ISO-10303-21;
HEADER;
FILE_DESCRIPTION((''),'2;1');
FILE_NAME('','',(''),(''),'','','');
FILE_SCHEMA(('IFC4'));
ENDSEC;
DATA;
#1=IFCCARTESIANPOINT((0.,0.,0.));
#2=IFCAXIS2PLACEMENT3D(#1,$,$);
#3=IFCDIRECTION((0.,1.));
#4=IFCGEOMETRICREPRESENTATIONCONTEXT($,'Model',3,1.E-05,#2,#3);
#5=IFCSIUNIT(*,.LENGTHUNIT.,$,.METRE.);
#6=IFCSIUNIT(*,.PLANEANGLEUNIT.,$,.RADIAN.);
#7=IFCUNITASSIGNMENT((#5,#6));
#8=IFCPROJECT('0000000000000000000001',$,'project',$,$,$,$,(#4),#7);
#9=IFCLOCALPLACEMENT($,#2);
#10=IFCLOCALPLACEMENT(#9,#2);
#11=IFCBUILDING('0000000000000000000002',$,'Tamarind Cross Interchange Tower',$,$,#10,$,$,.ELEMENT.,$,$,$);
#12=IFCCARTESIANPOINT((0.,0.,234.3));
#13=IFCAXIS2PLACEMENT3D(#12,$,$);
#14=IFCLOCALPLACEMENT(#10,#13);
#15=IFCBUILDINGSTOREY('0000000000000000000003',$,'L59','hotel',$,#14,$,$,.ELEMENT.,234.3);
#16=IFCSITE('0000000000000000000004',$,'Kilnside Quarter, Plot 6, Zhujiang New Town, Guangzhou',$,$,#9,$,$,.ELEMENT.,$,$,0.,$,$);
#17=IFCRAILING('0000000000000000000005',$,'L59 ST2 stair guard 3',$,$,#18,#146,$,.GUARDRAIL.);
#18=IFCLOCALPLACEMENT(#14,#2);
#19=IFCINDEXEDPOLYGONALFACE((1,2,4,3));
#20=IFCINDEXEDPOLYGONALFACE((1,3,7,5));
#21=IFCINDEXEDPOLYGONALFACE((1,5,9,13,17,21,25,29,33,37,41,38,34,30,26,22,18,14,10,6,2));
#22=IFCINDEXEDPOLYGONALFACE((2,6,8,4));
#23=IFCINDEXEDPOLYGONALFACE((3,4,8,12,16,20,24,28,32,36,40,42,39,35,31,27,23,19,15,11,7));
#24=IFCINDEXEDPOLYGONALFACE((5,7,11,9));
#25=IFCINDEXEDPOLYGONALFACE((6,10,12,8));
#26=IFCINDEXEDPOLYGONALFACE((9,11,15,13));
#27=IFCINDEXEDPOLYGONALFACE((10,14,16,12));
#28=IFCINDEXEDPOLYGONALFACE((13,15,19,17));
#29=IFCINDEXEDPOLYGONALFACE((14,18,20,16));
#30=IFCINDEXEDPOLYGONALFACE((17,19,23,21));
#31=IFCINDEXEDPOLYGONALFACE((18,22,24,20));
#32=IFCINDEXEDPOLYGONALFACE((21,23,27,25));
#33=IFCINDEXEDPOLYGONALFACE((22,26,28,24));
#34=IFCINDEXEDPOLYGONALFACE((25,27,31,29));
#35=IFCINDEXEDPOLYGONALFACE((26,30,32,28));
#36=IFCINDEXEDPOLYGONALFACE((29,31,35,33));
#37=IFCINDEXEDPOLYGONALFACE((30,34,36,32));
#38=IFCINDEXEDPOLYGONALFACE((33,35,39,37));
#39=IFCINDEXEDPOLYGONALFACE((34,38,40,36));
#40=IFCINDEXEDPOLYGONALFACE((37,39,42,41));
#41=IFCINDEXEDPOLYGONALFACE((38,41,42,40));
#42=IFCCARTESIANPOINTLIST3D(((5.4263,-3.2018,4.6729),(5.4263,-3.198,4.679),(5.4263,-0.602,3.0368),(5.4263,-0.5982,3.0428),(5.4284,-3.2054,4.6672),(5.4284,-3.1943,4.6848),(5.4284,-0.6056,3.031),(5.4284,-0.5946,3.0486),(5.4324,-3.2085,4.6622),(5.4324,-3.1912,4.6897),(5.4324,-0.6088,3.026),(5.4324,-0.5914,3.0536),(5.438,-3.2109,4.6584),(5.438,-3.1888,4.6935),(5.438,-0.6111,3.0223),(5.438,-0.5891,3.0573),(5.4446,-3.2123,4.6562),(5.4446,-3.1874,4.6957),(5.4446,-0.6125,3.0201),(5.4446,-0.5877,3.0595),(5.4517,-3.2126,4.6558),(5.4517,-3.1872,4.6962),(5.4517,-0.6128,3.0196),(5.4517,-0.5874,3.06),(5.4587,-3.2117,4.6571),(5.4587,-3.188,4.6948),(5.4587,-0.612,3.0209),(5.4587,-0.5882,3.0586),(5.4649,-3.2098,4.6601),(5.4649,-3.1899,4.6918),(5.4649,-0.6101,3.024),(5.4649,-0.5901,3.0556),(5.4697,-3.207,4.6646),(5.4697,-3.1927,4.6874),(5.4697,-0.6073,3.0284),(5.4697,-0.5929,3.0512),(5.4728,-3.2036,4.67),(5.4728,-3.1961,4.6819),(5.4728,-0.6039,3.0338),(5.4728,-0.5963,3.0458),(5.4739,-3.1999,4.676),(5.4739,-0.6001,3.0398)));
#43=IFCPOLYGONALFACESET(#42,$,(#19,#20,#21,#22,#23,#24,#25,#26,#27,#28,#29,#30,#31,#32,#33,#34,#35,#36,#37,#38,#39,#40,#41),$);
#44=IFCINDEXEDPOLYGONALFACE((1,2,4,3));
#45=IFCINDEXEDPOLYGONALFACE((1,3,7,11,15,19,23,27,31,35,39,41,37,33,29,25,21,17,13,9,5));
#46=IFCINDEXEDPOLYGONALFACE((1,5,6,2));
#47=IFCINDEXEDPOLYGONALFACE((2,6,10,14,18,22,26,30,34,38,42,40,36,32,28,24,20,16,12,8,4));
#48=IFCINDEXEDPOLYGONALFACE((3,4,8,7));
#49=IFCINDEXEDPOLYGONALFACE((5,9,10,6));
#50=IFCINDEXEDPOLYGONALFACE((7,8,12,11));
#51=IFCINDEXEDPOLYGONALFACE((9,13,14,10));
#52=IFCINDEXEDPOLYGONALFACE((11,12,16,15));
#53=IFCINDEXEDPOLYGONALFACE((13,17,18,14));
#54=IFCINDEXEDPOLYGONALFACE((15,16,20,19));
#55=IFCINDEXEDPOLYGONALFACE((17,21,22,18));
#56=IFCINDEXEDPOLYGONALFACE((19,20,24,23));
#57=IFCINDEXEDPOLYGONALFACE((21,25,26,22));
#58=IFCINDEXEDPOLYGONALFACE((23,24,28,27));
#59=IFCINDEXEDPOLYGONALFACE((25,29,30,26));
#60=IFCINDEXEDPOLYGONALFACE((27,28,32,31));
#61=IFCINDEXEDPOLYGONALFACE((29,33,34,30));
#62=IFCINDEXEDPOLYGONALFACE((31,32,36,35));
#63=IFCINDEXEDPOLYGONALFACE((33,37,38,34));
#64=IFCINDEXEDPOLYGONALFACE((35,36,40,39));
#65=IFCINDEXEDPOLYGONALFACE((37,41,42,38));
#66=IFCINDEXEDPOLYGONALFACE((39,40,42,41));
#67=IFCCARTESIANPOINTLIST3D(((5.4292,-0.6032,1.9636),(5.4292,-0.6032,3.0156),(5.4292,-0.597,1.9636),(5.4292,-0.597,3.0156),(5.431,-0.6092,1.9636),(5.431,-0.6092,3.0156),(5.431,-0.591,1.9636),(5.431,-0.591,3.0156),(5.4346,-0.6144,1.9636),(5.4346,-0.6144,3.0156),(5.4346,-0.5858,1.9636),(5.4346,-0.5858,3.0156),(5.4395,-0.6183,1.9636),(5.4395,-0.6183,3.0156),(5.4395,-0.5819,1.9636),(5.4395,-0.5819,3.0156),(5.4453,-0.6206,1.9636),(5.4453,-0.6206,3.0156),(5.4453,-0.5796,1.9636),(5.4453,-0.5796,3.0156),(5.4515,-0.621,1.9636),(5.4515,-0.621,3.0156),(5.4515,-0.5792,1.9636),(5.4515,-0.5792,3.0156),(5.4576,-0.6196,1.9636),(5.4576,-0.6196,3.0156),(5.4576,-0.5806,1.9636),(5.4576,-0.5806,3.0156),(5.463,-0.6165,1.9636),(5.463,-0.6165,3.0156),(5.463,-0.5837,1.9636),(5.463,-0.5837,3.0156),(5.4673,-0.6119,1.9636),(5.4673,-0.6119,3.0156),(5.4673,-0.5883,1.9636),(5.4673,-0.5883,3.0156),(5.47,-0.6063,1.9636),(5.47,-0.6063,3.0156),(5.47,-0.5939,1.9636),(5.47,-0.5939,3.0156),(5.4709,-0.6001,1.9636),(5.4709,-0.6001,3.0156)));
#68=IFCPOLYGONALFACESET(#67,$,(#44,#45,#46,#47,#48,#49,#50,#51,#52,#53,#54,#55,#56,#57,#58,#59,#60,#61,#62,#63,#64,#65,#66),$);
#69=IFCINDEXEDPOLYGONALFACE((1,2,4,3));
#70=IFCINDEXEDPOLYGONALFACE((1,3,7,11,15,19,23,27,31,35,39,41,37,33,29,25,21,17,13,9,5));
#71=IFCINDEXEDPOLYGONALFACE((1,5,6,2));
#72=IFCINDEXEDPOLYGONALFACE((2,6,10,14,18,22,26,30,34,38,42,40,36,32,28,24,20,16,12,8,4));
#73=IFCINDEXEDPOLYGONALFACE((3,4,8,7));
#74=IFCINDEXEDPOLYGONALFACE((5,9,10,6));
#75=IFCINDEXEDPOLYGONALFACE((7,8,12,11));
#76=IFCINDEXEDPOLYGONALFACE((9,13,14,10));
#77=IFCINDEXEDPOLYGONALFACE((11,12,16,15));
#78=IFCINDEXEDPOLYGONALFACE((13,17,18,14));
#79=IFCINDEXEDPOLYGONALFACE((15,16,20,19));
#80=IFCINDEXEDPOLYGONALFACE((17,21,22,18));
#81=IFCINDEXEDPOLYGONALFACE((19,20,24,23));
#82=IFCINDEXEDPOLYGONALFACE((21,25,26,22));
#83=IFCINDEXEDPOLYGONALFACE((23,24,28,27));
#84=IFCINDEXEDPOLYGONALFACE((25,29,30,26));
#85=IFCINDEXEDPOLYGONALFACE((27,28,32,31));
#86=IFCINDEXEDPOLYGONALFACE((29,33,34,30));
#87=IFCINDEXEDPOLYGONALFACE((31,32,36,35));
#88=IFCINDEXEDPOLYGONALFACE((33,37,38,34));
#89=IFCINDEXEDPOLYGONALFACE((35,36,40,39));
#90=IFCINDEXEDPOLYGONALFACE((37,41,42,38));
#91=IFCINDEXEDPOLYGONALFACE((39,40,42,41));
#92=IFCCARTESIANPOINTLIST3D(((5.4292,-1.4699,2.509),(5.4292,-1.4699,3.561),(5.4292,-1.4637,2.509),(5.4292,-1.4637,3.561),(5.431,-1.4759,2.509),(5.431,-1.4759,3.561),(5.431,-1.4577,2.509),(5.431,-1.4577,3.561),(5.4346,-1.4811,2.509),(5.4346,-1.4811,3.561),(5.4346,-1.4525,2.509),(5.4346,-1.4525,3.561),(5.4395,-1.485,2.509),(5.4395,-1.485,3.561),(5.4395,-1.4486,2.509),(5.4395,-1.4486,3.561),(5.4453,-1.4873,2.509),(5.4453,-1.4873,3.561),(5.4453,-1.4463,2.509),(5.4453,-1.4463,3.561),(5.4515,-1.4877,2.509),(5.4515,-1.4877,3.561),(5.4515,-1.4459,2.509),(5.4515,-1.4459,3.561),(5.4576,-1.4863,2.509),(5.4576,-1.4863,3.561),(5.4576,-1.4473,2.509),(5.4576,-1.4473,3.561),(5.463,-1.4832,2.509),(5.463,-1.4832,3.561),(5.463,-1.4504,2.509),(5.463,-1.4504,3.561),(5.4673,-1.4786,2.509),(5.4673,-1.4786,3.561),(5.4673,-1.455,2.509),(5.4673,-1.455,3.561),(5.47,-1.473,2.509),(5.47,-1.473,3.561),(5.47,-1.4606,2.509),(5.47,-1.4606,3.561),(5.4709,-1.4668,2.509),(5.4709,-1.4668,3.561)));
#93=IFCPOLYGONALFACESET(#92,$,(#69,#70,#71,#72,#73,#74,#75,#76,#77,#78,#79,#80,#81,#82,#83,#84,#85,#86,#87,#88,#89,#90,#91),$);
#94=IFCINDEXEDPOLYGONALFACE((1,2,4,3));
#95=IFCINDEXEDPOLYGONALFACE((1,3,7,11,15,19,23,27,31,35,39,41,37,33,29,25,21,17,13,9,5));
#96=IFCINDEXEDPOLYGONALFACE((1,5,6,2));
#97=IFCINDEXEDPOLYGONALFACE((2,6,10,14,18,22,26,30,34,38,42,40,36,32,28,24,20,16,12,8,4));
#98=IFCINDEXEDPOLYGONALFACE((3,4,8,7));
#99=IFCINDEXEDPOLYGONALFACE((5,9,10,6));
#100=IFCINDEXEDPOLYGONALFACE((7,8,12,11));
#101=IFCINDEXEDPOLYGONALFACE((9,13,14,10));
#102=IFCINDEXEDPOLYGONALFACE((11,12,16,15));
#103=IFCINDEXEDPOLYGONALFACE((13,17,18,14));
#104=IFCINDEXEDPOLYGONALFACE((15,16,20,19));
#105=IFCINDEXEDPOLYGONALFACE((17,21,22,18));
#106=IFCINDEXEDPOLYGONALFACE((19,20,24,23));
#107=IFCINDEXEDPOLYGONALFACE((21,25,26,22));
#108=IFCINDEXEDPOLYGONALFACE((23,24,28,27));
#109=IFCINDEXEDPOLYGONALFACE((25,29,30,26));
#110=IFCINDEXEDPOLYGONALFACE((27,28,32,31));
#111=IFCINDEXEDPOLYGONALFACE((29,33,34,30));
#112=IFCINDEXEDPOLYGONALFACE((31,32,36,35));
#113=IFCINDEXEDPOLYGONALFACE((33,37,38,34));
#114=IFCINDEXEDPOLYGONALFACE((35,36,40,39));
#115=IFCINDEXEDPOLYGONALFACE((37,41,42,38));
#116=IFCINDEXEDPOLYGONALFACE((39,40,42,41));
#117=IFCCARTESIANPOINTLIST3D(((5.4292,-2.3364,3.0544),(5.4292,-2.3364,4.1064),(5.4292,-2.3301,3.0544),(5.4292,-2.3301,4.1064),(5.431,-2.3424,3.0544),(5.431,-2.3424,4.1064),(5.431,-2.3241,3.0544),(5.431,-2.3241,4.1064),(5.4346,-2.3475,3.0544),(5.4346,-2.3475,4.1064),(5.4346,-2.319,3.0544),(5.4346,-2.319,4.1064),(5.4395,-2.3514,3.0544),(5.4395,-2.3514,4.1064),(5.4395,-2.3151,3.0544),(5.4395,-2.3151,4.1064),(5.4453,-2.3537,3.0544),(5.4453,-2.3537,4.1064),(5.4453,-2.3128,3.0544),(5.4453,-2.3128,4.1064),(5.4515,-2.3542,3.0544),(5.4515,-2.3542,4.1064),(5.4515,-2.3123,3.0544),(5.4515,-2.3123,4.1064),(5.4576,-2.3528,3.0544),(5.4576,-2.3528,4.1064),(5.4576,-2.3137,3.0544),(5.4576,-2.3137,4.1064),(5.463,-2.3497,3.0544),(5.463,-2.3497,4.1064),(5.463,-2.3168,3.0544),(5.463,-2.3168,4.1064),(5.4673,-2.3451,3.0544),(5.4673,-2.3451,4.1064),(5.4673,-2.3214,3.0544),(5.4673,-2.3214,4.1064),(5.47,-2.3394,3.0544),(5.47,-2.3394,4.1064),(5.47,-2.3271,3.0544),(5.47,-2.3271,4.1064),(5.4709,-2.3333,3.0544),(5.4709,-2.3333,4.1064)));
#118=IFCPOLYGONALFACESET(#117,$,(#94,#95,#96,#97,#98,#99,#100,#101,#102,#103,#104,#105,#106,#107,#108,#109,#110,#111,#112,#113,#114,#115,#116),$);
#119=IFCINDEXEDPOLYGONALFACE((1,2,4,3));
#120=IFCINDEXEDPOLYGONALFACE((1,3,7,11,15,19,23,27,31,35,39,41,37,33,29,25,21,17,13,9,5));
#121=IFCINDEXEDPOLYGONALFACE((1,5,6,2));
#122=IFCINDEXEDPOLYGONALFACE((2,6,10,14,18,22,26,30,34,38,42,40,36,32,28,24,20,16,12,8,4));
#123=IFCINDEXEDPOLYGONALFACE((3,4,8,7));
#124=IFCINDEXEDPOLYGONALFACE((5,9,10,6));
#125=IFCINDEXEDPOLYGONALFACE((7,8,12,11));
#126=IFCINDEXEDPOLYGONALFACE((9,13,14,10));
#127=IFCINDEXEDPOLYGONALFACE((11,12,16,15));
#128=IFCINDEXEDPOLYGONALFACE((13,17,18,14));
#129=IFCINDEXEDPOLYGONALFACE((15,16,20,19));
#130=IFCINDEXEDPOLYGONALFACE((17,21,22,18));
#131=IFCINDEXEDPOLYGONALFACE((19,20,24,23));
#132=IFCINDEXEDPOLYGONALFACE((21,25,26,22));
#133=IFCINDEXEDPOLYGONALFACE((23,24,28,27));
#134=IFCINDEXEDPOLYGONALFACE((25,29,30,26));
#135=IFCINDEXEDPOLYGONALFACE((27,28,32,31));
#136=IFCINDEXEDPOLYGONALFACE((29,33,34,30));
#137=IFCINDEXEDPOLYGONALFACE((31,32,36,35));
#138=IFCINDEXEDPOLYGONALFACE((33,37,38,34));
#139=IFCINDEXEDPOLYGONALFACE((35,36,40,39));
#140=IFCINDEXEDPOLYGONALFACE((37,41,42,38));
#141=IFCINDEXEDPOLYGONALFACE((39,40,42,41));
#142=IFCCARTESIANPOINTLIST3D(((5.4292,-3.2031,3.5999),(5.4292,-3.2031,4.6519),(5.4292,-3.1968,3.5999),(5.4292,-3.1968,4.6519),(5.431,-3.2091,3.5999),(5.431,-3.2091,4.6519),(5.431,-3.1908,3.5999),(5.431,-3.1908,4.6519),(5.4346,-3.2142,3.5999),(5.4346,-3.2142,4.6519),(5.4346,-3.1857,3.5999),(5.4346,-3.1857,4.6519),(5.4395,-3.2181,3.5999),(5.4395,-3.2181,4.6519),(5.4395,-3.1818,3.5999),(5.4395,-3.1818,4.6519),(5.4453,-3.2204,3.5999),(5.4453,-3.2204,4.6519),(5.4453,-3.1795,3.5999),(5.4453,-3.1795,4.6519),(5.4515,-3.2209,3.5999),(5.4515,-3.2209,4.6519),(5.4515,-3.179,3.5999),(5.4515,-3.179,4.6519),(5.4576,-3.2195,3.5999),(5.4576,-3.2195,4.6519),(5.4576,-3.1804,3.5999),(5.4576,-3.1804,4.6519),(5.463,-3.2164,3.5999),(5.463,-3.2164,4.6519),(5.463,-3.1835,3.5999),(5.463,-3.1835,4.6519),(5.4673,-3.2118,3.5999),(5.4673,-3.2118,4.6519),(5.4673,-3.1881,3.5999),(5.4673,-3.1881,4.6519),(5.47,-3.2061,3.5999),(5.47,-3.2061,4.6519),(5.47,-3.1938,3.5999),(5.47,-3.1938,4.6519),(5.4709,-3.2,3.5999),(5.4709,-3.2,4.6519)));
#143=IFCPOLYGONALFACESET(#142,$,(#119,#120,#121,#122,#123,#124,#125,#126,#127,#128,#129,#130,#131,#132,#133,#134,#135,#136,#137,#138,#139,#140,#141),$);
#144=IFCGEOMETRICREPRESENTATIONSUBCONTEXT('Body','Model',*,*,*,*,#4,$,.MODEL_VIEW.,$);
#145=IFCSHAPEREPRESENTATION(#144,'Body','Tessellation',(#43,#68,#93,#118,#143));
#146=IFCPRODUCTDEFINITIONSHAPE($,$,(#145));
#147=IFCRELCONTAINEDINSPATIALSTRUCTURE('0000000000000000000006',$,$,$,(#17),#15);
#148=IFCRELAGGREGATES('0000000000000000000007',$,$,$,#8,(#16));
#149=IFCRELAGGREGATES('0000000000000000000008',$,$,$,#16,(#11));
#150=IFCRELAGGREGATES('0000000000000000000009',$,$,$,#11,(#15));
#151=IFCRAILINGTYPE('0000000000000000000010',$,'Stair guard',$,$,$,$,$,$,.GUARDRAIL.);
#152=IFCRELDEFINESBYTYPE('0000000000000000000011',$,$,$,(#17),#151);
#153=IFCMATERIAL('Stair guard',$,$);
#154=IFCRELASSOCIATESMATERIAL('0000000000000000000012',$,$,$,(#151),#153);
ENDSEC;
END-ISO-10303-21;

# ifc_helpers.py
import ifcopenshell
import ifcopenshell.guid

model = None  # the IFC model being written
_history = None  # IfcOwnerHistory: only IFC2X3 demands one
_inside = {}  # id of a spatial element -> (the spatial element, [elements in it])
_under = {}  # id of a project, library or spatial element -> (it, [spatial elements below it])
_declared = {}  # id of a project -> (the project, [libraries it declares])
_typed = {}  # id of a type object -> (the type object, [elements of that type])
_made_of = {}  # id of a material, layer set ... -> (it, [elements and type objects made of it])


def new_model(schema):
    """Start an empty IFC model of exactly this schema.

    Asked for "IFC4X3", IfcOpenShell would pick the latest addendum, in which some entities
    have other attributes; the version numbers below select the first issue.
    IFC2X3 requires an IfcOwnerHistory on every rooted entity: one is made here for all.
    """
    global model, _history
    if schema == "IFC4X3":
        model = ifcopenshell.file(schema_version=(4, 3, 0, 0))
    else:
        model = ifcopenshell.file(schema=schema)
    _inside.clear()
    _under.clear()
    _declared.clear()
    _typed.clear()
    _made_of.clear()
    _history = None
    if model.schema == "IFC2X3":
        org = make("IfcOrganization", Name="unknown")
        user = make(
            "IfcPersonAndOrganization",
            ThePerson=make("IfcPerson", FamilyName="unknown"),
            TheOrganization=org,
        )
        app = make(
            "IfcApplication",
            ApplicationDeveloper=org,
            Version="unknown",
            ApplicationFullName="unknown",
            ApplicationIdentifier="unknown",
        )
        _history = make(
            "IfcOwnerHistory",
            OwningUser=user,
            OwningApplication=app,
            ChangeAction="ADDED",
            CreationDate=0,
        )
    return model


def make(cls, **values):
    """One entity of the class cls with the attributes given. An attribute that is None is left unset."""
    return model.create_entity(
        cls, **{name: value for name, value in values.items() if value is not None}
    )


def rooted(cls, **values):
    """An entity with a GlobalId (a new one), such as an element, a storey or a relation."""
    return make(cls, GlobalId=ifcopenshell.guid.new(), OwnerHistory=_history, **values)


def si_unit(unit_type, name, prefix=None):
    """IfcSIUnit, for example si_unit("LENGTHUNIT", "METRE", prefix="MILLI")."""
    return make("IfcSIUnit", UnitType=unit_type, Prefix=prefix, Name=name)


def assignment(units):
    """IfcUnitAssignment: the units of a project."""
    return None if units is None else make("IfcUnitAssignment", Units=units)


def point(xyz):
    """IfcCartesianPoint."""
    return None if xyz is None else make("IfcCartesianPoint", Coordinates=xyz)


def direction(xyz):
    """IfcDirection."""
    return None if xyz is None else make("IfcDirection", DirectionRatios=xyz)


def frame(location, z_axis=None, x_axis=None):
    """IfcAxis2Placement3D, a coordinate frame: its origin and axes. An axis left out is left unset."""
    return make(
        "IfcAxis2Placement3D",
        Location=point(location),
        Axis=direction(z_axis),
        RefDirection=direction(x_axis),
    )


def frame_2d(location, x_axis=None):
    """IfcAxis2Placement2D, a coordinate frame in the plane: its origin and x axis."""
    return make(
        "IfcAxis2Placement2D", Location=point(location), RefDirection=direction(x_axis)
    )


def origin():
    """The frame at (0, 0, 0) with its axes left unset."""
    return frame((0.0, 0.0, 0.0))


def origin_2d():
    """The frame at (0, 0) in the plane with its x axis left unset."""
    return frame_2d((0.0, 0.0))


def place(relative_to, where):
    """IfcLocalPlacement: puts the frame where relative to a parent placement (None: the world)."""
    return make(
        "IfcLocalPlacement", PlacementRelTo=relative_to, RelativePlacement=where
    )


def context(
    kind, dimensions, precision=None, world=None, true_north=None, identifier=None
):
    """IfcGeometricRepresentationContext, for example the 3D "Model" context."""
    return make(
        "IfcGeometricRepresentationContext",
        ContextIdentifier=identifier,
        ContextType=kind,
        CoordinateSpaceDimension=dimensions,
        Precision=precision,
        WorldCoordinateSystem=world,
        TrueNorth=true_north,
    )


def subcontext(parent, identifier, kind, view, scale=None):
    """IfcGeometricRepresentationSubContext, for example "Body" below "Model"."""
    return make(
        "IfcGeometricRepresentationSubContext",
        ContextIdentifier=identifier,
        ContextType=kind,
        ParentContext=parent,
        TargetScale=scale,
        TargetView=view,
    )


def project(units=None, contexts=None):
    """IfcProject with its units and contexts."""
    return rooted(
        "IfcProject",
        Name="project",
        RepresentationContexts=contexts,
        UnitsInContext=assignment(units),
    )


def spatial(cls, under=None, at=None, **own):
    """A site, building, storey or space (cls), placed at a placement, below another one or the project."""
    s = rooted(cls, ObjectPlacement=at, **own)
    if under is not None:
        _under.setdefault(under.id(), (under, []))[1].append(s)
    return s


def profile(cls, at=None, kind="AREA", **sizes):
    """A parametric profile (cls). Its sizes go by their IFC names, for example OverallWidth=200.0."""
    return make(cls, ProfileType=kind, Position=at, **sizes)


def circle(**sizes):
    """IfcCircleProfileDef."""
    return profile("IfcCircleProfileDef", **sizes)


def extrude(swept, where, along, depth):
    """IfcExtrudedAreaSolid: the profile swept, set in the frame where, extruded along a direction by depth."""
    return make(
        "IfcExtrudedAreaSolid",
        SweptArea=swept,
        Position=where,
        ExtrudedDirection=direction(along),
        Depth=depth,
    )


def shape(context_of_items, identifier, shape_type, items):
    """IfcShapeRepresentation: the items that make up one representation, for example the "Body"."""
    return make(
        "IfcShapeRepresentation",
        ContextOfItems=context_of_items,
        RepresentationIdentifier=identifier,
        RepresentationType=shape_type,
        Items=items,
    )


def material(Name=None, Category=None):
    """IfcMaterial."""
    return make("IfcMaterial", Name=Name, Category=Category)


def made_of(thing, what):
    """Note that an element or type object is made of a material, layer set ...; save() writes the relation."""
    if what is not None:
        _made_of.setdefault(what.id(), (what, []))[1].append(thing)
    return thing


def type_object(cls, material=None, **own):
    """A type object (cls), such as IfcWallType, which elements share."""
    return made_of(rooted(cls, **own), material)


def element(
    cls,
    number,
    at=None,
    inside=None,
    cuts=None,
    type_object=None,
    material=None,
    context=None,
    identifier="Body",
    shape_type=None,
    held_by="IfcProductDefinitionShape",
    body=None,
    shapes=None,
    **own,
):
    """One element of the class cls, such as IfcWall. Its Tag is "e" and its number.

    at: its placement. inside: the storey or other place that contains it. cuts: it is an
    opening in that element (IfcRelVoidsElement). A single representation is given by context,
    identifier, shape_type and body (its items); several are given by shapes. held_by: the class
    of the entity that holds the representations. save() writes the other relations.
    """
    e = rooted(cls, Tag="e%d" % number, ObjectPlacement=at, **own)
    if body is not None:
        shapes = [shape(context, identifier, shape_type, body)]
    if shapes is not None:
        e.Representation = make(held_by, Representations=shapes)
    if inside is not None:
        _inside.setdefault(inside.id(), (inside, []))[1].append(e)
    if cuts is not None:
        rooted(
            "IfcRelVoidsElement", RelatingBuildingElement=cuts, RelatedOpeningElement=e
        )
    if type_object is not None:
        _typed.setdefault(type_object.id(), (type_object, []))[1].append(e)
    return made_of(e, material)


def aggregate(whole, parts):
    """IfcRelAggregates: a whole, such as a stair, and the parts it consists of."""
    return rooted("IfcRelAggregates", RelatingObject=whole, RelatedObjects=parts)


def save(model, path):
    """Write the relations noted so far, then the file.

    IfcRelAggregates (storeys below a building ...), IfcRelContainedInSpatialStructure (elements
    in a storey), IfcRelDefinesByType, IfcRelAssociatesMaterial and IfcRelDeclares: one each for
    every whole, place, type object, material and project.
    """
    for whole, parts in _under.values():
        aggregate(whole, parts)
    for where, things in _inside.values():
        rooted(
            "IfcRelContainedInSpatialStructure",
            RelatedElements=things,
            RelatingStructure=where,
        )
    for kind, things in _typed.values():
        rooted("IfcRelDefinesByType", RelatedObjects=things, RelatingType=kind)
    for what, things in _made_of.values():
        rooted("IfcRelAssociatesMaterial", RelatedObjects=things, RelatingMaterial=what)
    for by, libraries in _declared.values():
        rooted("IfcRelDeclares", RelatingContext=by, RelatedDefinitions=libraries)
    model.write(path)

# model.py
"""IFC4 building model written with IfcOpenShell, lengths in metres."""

from ifc_helpers import new_model, si_unit, direction, frame, origin, origin_2d, place, context, subcontext, project, spatial, circle, extrude, material, type_object, element, save


model = new_model("IFC4")

# Units and contexts
model_context = context("Model", 3, precision=1e-05, world=origin(), true_north=direction((0.0, 1.0)))
body_context = subcontext(model_context, "Body", "Model", "MODEL_VIEW")
ifc_project = project(units=[si_unit("LENGTHUNIT", "METRE"), si_unit("PLANEANGLEUNIT", "RADIAN")], contexts=[model_context])

# Site, building, storey
site_placement = place(None, origin())
site = spatial("IfcSite", under=ifc_project, at=site_placement, Name="Kilnside Quarter, Plot 6, Zhujiang New Town, Guangzhou", CompositionType="ELEMENT", RefElevation=0.0)
building_placement = place(site_placement, origin())
building = spatial("IfcBuilding", under=site, at=building_placement, Name="Tamarind Cross Interchange Tower", CompositionType="ELEMENT")
storey_placement = place(building_placement, frame((0.0, 0.0, 234.3)))
storey = spatial("IfcBuildingStorey", under=building, at=storey_placement, Name="L59", Description="hotel", CompositionType="ELEMENT", Elevation=234.3)

# Railing
ifc_material_1 = material(Name="Stair guard")
railing_type_1 = type_object("IfcRailingType", Name="Stair guard", PredefinedType="GUARDRAIL", material=ifc_material_1)
railing_1_placement = place(storey_placement, frame((5.45, -0.6001, 1.9636)))
element("IfcRailing", 1, at=railing_1_placement, inside=storey, type_object=railing_type_1, Name="L59 ST2 stair guard 3", PredefinedType="GUARDRAIL", context=body_context, shape_type="SweptSolid", body=[
    extrude(circle(Radius=0.0239, at=origin_2d()), frame((0.0, 0.0, 1.0762), z_axis=(0.0, -0.846338, 0.532647), x_axis=(1.0, 0.0, 0.0)), (0.0, 0.0, 1.0), 3.0718),
    extrude(circle(Radius=0.021, at=origin_2d()), origin(), (0.0, 0.0, 1.0), 1.052),
    extrude(circle(Radius=0.021, at=origin_2d()), frame((0.0, -0.8667, 0.5454)), (0.0, 0.0, 1.0), 1.052),
    extrude(circle(Radius=0.021, at=origin_2d()), frame((0.0, -1.7332, 1.0908)), (0.0, 0.0, 1.0), 1.052),
    extrude(circle(Radius=0.021, at=origin_2d()), frame((0.0, -2.5999, 1.6362)), (0.0, 0.0, 1.0), 1.052),
])

save(model, "model.ifc")
